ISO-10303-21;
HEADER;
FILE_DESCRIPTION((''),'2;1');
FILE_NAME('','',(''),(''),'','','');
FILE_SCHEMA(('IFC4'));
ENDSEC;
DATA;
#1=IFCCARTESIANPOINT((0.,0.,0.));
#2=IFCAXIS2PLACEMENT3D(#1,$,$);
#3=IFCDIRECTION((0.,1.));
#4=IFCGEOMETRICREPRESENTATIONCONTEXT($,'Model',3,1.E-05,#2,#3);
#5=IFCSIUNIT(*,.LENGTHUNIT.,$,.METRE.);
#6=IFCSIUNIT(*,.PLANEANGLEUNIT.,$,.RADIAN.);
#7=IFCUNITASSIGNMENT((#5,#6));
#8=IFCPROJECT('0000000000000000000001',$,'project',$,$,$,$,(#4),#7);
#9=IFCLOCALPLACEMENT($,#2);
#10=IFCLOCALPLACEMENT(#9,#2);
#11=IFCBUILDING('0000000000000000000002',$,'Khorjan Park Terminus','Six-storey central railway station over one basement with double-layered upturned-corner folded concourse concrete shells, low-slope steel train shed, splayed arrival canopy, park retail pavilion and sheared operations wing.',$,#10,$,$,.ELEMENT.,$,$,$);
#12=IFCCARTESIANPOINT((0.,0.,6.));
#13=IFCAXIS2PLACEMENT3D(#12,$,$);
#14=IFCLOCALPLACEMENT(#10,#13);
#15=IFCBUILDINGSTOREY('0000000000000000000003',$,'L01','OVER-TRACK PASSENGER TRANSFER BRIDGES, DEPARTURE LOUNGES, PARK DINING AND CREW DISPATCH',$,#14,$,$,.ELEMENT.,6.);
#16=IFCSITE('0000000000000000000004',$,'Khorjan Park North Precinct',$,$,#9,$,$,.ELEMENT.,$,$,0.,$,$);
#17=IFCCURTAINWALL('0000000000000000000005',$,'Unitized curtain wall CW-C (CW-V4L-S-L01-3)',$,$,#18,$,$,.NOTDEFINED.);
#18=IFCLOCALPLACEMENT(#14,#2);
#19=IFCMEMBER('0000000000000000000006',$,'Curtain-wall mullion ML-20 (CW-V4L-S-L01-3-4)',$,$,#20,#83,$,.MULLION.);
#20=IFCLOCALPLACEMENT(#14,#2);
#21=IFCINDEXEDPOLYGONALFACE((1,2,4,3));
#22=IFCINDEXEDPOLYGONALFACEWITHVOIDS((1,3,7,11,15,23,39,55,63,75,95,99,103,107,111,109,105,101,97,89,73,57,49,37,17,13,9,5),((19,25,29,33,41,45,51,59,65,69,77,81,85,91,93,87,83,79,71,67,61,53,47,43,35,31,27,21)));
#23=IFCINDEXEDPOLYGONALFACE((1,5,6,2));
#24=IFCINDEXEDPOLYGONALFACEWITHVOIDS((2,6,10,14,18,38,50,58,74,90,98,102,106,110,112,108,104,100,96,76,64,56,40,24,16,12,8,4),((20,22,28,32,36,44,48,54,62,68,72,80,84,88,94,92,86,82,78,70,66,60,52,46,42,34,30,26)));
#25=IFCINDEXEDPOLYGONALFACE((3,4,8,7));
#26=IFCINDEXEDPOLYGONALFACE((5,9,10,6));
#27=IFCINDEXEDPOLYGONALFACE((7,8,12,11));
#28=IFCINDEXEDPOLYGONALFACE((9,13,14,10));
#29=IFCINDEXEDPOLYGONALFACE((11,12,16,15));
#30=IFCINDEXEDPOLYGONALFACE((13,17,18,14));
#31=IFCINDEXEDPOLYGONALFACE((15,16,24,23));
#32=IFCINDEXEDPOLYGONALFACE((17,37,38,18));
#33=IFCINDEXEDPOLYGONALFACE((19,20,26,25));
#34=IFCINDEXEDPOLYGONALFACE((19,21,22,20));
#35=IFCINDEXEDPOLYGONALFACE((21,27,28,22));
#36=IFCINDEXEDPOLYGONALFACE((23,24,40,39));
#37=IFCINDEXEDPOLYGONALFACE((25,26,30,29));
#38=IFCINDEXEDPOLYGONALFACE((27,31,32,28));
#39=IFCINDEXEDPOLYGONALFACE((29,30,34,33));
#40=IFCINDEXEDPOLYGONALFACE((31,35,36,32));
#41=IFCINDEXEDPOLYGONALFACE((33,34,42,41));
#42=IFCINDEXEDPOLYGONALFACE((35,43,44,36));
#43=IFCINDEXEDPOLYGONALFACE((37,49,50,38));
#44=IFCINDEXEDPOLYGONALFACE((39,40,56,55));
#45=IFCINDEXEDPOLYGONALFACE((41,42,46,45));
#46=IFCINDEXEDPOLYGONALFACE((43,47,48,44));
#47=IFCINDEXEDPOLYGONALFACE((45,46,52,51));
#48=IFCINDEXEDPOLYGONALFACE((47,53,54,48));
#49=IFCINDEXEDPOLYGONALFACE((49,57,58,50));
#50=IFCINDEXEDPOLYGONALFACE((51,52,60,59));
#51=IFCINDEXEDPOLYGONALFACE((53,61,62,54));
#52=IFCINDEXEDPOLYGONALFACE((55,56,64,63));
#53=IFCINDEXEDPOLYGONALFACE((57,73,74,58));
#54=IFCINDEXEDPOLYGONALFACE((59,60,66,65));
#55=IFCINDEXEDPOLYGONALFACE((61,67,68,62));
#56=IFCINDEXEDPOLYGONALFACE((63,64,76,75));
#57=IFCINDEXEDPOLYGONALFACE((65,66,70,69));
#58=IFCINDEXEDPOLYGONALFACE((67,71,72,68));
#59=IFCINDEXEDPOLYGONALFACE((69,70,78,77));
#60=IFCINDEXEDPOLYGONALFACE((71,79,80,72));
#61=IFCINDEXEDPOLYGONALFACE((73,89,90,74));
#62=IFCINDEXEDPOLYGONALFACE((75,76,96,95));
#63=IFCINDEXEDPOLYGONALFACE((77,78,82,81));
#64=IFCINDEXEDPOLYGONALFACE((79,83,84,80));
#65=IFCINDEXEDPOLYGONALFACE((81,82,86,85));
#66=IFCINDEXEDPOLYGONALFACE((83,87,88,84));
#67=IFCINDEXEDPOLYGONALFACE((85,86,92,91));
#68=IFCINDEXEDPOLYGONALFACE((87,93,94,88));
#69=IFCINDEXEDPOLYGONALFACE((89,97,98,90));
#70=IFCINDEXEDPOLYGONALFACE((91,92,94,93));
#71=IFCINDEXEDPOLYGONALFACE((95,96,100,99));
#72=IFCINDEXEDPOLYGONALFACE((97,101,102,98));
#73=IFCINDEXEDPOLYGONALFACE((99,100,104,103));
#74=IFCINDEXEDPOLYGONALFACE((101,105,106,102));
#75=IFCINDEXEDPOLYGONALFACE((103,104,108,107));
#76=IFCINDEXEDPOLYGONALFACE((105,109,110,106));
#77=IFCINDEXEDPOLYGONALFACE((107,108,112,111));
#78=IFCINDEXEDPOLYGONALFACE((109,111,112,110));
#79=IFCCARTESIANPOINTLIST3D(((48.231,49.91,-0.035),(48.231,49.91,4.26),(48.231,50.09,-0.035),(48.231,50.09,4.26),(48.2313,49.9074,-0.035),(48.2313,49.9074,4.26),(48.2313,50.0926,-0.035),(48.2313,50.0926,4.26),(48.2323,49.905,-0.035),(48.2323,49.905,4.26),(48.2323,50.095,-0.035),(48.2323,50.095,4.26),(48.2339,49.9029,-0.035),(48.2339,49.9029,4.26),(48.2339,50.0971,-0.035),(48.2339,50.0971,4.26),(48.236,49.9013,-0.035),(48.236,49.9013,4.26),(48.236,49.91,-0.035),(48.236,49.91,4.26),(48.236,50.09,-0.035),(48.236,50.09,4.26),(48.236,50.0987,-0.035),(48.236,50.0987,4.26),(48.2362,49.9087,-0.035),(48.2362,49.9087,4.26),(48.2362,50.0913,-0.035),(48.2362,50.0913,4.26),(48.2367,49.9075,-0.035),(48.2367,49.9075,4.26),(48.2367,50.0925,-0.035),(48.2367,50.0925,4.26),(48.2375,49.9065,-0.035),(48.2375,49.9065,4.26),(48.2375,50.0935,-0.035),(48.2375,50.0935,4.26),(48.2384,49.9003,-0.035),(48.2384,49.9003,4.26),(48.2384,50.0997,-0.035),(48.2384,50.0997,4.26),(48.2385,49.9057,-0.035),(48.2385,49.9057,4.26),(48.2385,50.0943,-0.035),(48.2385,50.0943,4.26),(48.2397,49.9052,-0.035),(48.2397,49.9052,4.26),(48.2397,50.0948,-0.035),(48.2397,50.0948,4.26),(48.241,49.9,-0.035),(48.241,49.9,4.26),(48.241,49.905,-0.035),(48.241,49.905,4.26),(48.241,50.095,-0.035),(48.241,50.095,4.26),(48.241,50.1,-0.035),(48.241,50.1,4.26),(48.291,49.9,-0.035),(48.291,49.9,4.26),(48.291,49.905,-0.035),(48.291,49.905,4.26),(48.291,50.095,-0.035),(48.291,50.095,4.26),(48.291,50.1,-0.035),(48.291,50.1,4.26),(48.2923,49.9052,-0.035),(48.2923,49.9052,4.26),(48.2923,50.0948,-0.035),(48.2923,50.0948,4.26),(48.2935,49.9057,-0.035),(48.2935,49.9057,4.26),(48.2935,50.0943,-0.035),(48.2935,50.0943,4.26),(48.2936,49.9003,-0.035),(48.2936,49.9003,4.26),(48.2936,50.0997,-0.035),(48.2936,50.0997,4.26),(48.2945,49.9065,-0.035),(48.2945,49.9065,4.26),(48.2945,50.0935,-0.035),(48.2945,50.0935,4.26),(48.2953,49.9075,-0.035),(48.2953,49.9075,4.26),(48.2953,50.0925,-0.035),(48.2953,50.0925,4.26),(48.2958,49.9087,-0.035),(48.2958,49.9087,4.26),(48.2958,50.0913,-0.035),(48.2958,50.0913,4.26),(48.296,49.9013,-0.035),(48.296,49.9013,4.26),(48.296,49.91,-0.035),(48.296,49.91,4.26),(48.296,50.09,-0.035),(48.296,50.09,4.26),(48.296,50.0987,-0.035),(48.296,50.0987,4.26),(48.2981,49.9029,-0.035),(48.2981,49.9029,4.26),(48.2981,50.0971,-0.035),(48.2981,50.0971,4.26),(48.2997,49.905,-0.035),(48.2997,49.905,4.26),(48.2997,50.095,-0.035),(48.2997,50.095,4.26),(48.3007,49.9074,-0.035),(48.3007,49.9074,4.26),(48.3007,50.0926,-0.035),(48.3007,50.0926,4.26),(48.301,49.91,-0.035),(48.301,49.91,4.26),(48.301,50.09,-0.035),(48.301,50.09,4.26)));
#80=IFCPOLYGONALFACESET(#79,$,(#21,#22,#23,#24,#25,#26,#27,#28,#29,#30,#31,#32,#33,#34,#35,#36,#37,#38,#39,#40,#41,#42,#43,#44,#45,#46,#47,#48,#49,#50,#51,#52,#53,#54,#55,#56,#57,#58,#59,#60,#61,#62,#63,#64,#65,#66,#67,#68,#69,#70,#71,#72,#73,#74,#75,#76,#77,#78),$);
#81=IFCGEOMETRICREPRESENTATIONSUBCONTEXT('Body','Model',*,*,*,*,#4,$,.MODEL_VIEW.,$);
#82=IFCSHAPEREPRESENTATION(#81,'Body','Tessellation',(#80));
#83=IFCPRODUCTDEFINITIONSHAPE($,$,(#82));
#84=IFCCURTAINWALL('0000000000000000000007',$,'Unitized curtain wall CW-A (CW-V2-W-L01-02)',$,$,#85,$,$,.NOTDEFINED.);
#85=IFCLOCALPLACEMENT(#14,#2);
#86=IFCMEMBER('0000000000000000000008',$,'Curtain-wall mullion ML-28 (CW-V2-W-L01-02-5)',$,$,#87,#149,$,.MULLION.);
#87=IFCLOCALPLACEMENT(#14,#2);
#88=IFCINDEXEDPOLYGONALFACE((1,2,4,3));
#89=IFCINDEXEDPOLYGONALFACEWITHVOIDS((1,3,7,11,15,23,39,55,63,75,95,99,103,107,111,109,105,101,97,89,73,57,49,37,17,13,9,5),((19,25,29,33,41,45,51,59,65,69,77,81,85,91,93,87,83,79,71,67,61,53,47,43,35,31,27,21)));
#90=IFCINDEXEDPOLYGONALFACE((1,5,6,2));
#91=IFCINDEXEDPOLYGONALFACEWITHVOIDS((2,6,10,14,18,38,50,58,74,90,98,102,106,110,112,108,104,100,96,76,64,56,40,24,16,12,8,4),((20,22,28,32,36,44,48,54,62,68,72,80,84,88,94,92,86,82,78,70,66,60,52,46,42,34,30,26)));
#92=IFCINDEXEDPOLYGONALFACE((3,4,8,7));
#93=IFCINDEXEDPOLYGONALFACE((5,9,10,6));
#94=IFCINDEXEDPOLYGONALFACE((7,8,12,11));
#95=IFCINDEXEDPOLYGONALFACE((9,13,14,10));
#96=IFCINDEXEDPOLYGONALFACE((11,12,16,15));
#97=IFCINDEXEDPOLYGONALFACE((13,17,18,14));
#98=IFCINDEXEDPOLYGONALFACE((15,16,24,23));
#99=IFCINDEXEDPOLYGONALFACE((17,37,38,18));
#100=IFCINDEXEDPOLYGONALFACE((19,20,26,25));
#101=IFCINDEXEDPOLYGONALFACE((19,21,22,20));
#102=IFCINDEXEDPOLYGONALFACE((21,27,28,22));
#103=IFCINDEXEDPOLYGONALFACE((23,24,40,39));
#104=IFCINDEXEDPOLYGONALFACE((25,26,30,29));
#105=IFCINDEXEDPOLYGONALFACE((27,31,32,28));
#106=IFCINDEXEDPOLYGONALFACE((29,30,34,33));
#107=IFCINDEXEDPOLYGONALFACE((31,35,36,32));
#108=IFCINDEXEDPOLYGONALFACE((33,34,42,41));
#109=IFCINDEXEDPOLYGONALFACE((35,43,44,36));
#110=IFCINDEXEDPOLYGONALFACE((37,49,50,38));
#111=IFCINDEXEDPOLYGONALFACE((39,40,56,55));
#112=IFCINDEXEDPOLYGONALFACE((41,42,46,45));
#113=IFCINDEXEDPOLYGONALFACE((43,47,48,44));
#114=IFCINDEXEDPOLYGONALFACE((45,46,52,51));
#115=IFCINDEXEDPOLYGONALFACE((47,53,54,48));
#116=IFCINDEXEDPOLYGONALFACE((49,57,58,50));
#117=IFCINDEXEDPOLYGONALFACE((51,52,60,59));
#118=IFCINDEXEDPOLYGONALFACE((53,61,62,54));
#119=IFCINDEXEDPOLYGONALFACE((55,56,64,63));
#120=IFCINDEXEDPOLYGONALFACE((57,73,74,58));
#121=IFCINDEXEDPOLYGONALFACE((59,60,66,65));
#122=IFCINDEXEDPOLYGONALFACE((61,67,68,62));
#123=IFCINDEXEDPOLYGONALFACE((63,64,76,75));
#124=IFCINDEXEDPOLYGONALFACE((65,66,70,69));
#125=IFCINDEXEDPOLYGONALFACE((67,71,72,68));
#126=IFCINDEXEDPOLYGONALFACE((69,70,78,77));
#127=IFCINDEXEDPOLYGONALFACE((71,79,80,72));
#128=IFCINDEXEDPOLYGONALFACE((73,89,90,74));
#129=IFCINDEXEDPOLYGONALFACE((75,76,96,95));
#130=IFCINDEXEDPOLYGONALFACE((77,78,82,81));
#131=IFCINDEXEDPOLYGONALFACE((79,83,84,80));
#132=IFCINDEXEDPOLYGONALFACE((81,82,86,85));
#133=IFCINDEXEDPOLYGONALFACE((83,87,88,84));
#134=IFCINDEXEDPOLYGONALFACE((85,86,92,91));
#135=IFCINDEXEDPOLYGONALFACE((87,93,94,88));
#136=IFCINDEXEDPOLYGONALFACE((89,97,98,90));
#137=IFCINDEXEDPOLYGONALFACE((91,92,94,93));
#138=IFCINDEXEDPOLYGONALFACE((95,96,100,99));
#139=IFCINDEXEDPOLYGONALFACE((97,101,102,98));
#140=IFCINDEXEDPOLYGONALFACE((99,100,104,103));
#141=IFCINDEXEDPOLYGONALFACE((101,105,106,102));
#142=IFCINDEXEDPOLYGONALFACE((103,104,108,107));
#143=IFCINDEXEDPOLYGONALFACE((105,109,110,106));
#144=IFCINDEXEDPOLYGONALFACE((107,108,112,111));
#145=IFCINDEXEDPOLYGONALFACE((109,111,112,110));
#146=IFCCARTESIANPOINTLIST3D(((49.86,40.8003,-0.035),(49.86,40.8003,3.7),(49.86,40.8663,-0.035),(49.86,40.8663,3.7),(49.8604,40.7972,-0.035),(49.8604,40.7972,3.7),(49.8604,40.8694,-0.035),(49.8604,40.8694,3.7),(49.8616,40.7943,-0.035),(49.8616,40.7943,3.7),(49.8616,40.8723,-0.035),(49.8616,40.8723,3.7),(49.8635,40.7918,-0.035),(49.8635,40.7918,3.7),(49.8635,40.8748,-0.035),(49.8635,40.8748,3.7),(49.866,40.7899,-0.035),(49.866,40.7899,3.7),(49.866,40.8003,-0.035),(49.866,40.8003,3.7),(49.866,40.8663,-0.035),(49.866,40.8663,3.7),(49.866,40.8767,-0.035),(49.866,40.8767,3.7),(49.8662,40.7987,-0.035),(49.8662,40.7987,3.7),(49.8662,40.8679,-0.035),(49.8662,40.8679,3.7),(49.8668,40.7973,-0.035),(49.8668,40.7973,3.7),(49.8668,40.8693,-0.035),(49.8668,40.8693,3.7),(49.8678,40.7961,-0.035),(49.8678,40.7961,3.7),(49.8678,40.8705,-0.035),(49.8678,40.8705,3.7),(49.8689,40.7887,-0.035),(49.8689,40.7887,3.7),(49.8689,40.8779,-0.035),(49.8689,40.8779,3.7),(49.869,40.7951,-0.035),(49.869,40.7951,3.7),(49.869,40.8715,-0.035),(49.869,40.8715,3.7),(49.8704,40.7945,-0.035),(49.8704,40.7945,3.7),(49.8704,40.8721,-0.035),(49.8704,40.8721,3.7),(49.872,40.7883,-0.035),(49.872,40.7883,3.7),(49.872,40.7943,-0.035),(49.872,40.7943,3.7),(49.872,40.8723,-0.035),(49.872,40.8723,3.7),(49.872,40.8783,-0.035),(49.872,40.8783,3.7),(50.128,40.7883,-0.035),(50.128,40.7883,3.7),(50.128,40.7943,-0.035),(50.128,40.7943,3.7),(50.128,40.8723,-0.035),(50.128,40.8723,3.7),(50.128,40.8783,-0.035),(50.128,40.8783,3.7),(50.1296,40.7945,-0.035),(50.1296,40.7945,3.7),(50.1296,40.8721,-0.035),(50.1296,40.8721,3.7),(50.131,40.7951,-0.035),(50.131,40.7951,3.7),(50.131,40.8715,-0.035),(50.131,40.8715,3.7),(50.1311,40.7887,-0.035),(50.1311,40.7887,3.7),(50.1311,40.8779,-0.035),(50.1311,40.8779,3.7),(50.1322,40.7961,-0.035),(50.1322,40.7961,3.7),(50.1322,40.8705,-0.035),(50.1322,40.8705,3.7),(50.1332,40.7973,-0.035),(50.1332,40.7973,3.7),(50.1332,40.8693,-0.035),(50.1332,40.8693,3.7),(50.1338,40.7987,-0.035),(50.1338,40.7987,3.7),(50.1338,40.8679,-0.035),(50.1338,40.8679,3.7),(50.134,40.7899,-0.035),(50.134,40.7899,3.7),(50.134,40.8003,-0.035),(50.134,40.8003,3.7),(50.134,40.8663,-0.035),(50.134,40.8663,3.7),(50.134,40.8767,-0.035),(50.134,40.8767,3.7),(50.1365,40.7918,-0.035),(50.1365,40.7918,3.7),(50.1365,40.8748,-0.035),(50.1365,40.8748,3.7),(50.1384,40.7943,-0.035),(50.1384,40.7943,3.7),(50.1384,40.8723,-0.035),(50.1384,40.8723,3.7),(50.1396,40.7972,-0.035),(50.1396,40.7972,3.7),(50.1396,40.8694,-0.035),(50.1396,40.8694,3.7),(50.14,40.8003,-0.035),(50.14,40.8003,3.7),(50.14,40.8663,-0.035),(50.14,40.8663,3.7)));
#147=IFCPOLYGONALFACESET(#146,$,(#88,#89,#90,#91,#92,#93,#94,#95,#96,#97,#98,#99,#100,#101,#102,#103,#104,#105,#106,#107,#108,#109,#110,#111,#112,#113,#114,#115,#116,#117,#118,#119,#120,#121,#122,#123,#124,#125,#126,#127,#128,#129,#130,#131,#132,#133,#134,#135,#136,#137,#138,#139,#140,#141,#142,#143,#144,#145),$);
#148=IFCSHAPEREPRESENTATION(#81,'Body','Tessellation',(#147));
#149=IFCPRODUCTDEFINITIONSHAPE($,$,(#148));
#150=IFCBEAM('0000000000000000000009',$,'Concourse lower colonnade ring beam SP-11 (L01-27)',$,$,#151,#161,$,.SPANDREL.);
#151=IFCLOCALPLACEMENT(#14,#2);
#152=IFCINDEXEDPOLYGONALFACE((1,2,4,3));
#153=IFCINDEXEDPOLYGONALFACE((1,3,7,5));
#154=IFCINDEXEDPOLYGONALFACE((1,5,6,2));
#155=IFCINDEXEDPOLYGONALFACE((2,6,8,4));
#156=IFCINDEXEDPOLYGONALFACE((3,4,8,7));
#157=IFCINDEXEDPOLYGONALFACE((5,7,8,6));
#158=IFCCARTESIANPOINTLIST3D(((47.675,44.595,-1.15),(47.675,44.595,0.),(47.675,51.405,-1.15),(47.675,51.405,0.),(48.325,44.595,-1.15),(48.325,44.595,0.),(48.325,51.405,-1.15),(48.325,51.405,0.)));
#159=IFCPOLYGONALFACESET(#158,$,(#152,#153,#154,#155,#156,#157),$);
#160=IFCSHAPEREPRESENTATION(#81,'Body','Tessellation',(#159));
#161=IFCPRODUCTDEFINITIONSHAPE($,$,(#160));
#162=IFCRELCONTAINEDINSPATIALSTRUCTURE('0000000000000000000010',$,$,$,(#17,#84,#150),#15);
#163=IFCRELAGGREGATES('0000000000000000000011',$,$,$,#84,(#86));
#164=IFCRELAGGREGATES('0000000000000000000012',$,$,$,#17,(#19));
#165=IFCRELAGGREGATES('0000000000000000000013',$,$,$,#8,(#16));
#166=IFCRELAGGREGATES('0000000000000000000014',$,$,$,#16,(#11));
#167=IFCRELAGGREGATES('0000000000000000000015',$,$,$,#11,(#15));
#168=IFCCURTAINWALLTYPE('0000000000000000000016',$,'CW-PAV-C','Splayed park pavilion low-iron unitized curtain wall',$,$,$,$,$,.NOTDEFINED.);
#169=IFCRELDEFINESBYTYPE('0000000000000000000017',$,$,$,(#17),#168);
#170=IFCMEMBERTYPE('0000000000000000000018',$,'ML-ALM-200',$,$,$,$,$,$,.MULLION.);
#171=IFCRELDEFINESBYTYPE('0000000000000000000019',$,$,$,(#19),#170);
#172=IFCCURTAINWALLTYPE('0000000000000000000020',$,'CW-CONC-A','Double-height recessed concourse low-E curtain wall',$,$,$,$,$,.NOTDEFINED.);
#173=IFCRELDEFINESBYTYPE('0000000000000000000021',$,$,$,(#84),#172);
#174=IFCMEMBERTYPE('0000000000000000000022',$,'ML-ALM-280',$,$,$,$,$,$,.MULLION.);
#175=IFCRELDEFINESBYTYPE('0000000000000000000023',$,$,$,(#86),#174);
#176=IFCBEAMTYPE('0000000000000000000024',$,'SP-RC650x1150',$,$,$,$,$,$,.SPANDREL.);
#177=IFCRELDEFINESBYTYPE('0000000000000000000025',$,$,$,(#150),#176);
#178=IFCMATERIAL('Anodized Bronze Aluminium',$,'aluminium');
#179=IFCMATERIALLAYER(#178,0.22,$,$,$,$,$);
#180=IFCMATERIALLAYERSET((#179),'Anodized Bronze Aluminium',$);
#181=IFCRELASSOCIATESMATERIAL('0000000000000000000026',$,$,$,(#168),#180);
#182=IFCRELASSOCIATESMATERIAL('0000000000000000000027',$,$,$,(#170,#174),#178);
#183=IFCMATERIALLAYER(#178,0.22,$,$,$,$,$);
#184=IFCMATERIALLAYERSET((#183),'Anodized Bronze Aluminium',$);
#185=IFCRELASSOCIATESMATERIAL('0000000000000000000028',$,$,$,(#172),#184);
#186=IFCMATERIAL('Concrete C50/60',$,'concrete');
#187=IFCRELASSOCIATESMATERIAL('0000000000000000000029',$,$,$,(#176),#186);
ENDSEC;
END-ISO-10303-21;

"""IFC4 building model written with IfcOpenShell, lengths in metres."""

from ifc_helpers import new_model, si_unit, direction, frame, origin, origin_2d, place, context, subcontext, project, spatial, rectangle, hollow_rectangle, extrude, material, layer, layer_set, material_profile, profile_set, type_object, element, aggregate, save


model = new_model("IFC4")

# Units and contexts
model_context = context("Model", 3, precision=1e-05, world=origin(), true_north=direction((0.0, 1.0)))
body_context = subcontext(model_context, "Body", "Model", "MODEL_VIEW")
ifc_project = project(units=[si_unit("LENGTHUNIT", "METRE"), si_unit("PLANEANGLEUNIT", "RADIAN")], contexts=[model_context])

# Site, building, storey
site_placement = place(None, origin())
site = spatial("IfcSite", under=ifc_project, at=site_placement, Name="Khorjan Park North Precinct", CompositionType="ELEMENT", RefElevation=0.0)
building_placement = place(site_placement, origin())
building = spatial("IfcBuilding", under=site, at=building_placement, Name="Khorjan Park Terminus", Description="Six-storey central railway station over one basement with double-layered upturned-corner folded concourse concrete shells, low-slope steel train shed, splayed arrival canopy, park retail pavilion and sheared operations wing.", CompositionType="ELEMENT")
storey_placement = place(building_placement, frame((0.0, 0.0, 6.0)))
storey = spatial("IfcBuildingStorey", under=building, at=storey_placement, Name="L01", Description="OVER-TRACK PASSENGER TRANSFER BRIDGES, DEPARTURE LOUNGES, PARK DINING AND CREW DISPATCH", CompositionType="ELEMENT", Elevation=6.0)

# Shared definitions
ifc_material_1 = material(Name="Concrete C50/60", Category="concrete")

# Curtain wall, member
ifc_material_2 = material(Name="Anodized Bronze Aluminium", Category="aluminium")
ifc_layer_1 = layer(ifc_material_2, 0.22)
ifc_layer_set_1 = layer_set([ifc_layer_1], Name="Anodized Bronze Aluminium")
curtain_wall_type_1 = type_object("IfcCurtainWallType", Name="CW-PAV-C", Description="Splayed park pavilion low-iron unitized curtain wall", PredefinedType="NOTDEFINED", material=ifc_layer_set_1)
curtain_wall_1_placement = place(storey_placement, origin())
curtain_wall_1 = element("IfcCurtainWall", 1, at=curtain_wall_1_placement, inside=storey, type_object=curtain_wall_type_1, Name="Unitized curtain wall CW-C (CW-V4L-S-L01-3)", PredefinedType="NOTDEFINED")
ifc_material_profile_1 = material_profile(ifc_material_2, hollow_rectangle(XDim=0.07, YDim=0.2, WallThickness=0.005, InnerFilletRadius=0.005, OuterFilletRadius=0.01, at=origin_2d()), Name="ALM 70x200x5")
ifc_profile_set_1 = profile_set([ifc_material_profile_1], Name="Anodized Bronze Aluminium")
member_type_1 = type_object("IfcMemberType", Name="ML-ALM-200", PredefinedType="MULLION", material=ifc_profile_set_1)
member_1_placement = place(storey_placement, frame((48.266, 50.0, -0.035), z_axis=(0.0, 0.0, 1.0), x_axis=(1.0, 0.0, 0.0)))
member_1 = element("IfcMember", 2, at=member_1_placement, type_object=member_type_1, Name="Curtain-wall mullion ML-20 (CW-V4L-S-L01-3-4)", PredefinedType="MULLION", context=body_context, shape_type="SweptSolid", body=[
    extrude(hollow_rectangle(XDim=0.07, YDim=0.2, WallThickness=0.005, InnerFilletRadius=0.005, OuterFilletRadius=0.01, at=origin_2d()), origin(), (0.0, 0.0, 1.0), 4.295),
])

# Curtain wall, member
ifc_layer_2 = layer(ifc_material_2, 0.22)
ifc_layer_set_2 = layer_set([ifc_layer_2], Name="Anodized Bronze Aluminium")
curtain_wall_type_2 = type_object("IfcCurtainWallType", Name="CW-CONC-A", Description="Double-height recessed concourse low-E curtain wall", PredefinedType="NOTDEFINED", material=ifc_layer_set_2)
curtain_wall_2_placement = place(storey_placement, origin())
curtain_wall_2 = element("IfcCurtainWall", 3, at=curtain_wall_2_placement, inside=storey, type_object=curtain_wall_type_2, Name="Unitized curtain wall CW-A (CW-V2-W-L01-02)", PredefinedType="NOTDEFINED")
ifc_material_profile_2 = material_profile(ifc_material_2, hollow_rectangle(XDim=0.09, YDim=0.28, WallThickness=0.006, InnerFilletRadius=0.006, OuterFilletRadius=0.012, at=origin_2d()), Name="ALM 90x280x6")
ifc_profile_set_2 = profile_set([ifc_material_profile_2], Name="Anodized Bronze Aluminium")
member_type_2 = type_object("IfcMemberType", Name="ML-ALM-280", PredefinedType="MULLION", material=ifc_profile_set_2)
member_2_placement = place(storey_placement, frame((50.0, 40.8333, -0.035), z_axis=(0.0, 0.0, 1.0), x_axis=(0.0, -1.0, 0.0)))
member_2 = element("IfcMember", 4, at=member_2_placement, type_object=member_type_2, Name="Curtain-wall mullion ML-28 (CW-V2-W-L01-02-5)", PredefinedType="MULLION", context=body_context, shape_type="SweptSolid", body=[
    extrude(hollow_rectangle(XDim=0.09, YDim=0.28, WallThickness=0.006, InnerFilletRadius=0.006, OuterFilletRadius=0.012, at=origin_2d()), origin(), (0.0, 0.0, 1.0), 3.735),
])

# Beam
ifc_material_profile_3 = material_profile(ifc_material_1, rectangle(XDim=0.65, YDim=1.15, at=origin_2d()), Name="RC 650x1150")
ifc_profile_set_3 = profile_set([ifc_material_profile_3], Name="Concrete C50/60")
beam_type_1 = type_object("IfcBeamType", Name="SP-RC650x1150", PredefinedType="SPANDREL", material=ifc_profile_set_3)
beam_1_placement = place(storey_placement, frame((48.0, 44.595, -0.575), z_axis=(0.0, 1.0, 0.0), x_axis=(-1.0, 0.0, 0.0)))
element("IfcBeam", 5, at=beam_1_placement, inside=storey, type_object=beam_type_1, Name="Concourse lower colonnade ring beam SP-11 (L01-27)", PredefinedType="SPANDREL", context=body_context, shape_type="SweptSolid", body=[
    extrude(rectangle(XDim=0.65, YDim=1.15, at=origin_2d()), origin(), (0.0, 0.0, 1.0), 6.81),
])

aggregate(curtain_wall_2, [member_2])
aggregate(curtain_wall_1, [member_1])

save(model, "model.ifc")
